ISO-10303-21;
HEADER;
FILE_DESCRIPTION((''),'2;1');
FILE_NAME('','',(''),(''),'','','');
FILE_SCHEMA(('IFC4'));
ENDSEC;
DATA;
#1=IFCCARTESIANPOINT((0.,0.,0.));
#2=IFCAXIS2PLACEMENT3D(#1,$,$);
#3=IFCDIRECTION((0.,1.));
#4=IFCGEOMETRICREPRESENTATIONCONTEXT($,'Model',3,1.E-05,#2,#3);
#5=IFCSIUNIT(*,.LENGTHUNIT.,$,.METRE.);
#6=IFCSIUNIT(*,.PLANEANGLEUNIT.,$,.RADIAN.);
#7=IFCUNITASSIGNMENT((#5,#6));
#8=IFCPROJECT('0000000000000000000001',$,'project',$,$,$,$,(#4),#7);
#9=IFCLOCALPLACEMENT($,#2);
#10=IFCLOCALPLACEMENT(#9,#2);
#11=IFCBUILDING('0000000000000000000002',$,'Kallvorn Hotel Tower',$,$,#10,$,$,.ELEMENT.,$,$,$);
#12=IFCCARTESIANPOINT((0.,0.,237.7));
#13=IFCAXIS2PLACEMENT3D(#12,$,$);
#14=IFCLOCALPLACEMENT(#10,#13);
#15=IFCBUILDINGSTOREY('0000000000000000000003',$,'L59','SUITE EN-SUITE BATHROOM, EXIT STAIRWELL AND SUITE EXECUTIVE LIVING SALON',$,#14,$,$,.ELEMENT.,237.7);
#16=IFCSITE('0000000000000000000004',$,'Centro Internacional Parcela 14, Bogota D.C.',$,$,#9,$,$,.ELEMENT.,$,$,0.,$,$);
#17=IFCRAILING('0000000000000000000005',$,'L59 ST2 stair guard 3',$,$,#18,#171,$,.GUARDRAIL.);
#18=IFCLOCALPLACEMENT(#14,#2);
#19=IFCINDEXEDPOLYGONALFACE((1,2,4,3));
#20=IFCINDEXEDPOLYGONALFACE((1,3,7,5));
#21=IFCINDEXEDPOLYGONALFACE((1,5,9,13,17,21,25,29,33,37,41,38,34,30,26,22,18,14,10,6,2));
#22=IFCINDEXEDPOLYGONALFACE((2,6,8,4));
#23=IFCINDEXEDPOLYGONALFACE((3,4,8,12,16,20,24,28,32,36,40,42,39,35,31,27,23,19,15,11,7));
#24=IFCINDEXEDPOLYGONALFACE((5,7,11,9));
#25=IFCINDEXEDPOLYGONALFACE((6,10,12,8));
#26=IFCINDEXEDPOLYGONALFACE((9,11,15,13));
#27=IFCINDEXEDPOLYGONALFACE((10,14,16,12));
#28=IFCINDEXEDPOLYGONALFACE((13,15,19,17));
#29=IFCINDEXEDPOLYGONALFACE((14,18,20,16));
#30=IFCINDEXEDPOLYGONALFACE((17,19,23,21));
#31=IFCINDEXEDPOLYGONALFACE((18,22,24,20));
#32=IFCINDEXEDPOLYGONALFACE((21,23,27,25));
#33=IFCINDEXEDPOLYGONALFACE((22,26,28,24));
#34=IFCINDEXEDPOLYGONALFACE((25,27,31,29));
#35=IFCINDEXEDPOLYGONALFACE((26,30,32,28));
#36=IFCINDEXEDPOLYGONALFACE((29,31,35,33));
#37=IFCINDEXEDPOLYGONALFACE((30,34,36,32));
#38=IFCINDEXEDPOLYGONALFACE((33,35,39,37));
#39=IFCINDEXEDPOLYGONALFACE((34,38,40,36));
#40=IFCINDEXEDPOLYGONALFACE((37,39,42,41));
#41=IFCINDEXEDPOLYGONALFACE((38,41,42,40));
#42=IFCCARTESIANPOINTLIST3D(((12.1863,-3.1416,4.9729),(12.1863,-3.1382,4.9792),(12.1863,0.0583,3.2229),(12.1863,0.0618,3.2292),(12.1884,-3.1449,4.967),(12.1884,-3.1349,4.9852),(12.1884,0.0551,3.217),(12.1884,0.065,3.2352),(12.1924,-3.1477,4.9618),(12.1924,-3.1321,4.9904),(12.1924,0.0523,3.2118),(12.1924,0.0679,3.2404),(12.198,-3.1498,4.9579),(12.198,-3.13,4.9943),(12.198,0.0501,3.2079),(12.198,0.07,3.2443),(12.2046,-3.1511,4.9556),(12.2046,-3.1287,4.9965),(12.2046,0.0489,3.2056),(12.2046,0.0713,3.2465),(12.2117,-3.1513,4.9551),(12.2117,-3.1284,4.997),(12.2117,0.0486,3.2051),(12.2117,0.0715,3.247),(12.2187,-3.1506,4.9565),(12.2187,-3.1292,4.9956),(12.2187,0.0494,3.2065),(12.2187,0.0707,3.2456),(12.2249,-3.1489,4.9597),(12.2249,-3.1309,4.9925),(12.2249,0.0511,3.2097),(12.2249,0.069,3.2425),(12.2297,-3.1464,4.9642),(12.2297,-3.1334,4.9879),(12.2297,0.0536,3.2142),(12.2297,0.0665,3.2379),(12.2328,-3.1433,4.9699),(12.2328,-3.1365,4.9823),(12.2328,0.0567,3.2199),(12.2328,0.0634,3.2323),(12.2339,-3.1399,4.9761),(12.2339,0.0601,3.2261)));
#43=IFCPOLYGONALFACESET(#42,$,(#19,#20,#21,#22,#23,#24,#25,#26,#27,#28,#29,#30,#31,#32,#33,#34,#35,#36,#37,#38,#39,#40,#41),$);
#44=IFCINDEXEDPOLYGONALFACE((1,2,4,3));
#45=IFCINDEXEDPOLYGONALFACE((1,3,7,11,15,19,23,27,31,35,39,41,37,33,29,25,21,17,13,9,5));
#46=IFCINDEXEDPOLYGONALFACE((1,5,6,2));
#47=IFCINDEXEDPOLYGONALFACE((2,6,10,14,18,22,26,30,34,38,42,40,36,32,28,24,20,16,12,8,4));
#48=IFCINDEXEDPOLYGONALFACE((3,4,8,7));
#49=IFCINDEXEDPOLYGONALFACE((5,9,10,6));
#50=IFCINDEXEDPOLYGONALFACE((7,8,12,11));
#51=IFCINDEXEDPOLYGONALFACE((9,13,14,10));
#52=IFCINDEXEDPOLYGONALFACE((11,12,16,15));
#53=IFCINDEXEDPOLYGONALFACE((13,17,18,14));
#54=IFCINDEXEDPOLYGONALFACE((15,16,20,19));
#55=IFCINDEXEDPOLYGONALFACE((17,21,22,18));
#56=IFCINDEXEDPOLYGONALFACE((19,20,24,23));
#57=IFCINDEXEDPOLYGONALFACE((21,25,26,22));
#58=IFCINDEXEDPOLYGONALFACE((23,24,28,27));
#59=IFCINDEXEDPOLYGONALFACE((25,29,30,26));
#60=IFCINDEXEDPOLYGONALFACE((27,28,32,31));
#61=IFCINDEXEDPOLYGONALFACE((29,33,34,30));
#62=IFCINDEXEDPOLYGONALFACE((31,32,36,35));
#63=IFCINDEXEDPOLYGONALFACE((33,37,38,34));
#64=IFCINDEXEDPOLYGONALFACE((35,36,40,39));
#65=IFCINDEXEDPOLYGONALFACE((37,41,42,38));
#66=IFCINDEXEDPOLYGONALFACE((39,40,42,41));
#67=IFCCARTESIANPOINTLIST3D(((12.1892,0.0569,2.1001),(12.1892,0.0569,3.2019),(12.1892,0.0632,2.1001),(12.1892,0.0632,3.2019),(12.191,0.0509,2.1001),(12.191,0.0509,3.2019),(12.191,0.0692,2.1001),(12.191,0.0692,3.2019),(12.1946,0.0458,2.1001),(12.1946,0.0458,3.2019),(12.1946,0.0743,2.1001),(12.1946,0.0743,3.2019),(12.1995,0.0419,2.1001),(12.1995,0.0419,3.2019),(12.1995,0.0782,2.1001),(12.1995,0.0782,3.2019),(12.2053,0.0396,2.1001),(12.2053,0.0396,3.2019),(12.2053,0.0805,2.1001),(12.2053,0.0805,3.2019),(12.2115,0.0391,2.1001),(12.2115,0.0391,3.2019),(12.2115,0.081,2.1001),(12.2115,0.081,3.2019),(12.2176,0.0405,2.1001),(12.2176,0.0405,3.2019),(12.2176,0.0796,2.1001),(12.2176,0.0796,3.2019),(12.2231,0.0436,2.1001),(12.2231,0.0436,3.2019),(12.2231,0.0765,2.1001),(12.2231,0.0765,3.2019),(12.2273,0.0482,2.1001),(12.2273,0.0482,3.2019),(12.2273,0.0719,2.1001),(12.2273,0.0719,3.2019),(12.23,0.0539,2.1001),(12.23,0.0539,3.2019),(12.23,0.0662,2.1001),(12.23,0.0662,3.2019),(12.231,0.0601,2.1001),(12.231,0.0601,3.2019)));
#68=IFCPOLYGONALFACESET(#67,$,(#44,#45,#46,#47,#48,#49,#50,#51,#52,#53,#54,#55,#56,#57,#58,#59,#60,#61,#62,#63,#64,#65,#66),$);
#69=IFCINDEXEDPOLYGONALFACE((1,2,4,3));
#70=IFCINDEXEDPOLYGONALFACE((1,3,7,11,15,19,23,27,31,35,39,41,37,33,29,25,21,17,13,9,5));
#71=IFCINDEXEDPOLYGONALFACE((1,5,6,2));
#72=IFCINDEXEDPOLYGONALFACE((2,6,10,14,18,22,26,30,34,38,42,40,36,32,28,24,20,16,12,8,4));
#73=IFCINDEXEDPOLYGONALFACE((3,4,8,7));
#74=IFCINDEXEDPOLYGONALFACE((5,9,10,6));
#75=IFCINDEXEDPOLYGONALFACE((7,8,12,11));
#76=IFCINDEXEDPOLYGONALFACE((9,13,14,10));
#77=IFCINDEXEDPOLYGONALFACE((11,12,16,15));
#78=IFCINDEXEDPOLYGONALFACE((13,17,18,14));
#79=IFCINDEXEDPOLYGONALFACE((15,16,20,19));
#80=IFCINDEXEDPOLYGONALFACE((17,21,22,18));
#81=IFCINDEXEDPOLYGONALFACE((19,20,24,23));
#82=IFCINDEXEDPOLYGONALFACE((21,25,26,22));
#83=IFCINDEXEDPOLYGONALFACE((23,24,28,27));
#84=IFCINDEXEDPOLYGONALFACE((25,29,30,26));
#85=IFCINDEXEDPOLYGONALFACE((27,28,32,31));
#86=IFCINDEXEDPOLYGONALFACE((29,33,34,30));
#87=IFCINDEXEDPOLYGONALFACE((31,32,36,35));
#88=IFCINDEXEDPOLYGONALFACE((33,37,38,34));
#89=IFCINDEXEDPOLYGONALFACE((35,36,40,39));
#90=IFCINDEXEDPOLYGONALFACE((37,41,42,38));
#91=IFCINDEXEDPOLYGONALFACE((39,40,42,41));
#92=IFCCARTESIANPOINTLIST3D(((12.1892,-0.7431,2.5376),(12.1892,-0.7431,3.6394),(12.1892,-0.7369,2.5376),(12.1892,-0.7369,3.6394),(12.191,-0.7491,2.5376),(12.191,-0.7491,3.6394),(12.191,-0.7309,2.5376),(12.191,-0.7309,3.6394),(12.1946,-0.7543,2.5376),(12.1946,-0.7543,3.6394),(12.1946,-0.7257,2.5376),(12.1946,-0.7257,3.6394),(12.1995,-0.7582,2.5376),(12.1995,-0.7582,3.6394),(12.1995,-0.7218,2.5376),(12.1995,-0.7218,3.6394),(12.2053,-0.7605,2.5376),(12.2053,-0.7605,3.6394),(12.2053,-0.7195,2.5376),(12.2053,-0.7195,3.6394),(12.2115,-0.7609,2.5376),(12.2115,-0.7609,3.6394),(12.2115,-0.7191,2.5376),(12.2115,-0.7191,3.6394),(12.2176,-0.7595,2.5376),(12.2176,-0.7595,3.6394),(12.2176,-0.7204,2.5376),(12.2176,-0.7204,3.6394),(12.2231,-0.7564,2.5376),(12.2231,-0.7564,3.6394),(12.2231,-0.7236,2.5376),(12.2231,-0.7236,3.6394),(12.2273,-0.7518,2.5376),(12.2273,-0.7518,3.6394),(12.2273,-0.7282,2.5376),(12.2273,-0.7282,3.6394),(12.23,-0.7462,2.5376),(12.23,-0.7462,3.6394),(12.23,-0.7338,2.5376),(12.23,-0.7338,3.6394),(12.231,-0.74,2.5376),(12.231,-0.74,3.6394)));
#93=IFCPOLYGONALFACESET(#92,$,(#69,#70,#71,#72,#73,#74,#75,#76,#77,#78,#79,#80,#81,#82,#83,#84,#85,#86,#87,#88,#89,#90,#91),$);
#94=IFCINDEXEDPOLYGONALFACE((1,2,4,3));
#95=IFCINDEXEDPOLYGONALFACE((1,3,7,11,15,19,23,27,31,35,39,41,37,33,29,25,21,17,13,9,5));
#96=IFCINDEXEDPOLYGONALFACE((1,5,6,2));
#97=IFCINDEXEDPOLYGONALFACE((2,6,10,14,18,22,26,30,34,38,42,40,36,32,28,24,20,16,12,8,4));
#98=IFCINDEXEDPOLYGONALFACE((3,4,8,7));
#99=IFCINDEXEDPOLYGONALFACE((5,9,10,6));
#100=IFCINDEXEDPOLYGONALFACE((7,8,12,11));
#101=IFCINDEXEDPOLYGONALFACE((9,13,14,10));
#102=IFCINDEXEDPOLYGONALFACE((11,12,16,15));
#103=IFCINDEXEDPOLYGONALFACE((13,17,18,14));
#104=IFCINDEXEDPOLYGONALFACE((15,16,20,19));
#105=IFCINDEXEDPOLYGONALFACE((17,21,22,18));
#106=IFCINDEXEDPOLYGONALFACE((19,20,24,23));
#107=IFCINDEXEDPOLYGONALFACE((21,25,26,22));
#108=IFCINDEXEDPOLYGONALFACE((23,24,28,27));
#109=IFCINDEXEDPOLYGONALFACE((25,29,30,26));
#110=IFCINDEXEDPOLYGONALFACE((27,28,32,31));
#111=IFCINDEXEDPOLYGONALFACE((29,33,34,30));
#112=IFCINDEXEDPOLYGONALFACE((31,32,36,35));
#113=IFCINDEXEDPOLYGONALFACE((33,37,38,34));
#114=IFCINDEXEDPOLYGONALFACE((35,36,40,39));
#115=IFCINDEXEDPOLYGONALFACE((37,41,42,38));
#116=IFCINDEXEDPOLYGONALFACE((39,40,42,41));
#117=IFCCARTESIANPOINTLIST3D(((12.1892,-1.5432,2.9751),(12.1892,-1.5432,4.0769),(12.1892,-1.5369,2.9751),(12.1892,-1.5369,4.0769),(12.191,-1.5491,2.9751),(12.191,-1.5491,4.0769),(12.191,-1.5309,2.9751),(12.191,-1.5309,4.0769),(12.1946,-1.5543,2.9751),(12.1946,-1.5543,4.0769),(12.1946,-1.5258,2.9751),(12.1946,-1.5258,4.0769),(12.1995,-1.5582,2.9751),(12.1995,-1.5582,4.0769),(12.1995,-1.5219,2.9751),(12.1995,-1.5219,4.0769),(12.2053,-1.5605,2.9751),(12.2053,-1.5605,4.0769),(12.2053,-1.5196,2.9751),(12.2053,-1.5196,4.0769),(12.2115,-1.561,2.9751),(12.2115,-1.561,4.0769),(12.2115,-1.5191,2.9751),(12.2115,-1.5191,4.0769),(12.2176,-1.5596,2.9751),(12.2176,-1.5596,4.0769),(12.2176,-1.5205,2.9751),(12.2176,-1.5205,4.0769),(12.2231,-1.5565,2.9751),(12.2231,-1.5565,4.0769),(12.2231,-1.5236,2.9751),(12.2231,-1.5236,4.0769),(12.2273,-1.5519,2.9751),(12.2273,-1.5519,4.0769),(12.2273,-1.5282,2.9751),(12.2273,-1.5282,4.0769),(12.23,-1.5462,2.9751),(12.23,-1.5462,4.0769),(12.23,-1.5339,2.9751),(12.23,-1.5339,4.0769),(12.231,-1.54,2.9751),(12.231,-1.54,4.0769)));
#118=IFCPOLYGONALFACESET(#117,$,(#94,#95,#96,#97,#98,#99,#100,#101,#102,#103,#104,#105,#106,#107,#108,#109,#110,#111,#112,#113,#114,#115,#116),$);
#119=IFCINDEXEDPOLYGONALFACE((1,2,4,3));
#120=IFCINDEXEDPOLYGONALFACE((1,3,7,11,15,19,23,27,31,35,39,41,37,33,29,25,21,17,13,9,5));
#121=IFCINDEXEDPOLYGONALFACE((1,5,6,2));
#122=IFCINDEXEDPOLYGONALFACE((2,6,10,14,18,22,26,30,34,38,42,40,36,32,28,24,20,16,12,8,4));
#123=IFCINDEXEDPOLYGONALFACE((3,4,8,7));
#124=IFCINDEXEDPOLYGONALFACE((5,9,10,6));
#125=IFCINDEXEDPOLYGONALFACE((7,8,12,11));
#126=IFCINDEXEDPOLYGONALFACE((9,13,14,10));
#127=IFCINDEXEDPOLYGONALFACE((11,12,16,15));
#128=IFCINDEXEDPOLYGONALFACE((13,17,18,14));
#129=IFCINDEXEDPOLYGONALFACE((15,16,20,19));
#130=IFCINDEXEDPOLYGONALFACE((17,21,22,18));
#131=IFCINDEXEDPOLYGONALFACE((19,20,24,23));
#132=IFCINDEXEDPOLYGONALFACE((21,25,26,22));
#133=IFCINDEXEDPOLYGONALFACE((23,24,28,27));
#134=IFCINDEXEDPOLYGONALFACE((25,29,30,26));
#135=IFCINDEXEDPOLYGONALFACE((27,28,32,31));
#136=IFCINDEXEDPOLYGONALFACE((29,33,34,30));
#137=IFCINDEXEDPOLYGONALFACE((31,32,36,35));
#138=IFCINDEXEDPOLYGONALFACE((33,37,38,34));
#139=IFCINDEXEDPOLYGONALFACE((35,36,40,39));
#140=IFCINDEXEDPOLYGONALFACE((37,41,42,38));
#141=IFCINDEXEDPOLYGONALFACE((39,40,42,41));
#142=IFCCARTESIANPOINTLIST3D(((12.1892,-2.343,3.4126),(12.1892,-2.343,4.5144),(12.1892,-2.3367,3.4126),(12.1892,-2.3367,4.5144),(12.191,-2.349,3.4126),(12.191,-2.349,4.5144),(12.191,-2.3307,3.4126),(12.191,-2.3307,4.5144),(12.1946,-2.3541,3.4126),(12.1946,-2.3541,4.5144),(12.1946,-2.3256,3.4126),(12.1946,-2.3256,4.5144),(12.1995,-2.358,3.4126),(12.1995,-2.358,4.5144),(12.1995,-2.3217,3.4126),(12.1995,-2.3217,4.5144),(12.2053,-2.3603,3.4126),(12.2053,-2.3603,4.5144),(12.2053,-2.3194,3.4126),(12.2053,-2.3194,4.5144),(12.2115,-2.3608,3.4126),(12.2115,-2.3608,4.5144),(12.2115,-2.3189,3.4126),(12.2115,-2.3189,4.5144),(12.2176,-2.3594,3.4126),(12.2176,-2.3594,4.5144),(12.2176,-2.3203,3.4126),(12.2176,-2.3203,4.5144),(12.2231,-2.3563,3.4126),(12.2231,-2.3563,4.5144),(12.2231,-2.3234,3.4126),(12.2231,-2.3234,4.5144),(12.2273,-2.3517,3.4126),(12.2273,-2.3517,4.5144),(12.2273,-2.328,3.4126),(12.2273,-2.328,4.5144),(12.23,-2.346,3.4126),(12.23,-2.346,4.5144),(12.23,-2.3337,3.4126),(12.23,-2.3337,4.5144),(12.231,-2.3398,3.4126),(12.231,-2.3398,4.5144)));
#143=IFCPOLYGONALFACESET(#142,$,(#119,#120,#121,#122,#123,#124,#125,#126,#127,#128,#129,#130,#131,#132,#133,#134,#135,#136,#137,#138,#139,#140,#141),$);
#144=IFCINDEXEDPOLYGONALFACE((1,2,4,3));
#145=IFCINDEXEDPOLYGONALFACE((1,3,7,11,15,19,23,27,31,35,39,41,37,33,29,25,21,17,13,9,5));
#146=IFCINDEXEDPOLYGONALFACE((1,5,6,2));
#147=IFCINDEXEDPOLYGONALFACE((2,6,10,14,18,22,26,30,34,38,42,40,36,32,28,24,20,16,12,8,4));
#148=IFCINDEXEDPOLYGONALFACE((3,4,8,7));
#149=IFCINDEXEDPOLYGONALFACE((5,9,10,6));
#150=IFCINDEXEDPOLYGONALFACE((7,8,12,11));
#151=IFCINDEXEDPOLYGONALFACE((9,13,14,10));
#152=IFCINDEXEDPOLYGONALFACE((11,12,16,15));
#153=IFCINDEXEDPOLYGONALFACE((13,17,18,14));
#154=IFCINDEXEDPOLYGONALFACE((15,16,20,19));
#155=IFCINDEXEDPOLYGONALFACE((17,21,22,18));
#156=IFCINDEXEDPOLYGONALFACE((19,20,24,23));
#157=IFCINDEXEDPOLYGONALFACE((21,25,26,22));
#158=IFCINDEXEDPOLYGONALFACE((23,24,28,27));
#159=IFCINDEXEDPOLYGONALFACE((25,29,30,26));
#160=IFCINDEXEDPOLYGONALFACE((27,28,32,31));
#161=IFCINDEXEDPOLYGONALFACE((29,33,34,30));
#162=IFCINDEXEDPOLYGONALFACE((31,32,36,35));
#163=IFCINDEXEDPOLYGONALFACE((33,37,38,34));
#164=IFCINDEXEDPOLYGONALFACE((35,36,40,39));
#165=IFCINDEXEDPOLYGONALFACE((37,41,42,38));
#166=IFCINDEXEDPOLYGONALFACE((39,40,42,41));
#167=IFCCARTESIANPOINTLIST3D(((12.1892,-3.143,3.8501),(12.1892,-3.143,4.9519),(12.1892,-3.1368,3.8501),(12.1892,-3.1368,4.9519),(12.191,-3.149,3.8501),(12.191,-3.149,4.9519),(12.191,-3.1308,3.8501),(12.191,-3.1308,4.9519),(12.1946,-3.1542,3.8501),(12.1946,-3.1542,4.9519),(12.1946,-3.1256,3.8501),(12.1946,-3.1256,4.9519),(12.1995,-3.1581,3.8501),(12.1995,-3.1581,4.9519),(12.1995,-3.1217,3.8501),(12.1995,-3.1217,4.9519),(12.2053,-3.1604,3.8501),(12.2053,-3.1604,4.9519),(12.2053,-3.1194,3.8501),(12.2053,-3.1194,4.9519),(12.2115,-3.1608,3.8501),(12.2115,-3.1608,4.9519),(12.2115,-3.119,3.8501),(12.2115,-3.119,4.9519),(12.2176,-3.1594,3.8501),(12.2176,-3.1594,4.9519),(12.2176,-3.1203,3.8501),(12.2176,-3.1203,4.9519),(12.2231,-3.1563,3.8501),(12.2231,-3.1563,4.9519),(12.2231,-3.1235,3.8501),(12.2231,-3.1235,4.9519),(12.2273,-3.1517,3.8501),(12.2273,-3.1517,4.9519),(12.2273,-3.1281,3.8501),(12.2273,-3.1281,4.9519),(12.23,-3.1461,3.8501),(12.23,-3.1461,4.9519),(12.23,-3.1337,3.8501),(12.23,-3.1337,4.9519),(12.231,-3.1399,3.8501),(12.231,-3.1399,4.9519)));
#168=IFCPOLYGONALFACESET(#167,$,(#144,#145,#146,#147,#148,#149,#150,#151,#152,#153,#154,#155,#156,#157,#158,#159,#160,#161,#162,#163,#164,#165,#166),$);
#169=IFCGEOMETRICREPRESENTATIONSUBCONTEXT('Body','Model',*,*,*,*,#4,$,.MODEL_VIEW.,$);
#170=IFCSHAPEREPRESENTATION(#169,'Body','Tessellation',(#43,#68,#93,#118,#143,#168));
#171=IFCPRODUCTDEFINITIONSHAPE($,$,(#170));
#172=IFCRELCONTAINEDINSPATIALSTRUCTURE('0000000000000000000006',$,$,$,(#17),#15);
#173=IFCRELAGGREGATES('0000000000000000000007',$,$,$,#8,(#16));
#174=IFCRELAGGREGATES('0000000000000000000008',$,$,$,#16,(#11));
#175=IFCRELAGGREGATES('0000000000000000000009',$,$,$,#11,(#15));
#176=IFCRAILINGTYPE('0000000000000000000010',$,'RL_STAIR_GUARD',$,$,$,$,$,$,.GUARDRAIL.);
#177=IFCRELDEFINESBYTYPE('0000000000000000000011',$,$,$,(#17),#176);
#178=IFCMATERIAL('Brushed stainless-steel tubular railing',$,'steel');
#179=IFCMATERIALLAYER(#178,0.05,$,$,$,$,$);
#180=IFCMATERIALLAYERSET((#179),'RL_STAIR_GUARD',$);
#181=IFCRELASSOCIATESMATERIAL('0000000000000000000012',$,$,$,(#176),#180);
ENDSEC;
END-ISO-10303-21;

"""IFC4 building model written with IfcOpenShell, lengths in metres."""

from ifc_helpers import new_model, si_unit, direction, frame, origin, origin_2d, place, context, subcontext, project, spatial, circle, extrude, material, layer, layer_set, type_object, element, save


model = new_model("IFC4")

# Units and contexts
model_context = context("Model", 3, precision=1e-05, world=origin(), true_north=direction((0.0, 1.0)))
body_context = subcontext(model_context, "Body", "Model", "MODEL_VIEW")
ifc_project = project(units=[si_unit("LENGTHUNIT", "METRE"), si_unit("PLANEANGLEUNIT", "RADIAN")], contexts=[model_context])

# Site, building, storey
site_placement = place(None, origin())
site = spatial("IfcSite", under=ifc_project, at=site_placement, Name="Centro Internacional Parcela 14, Bogota D.C.", CompositionType="ELEMENT", RefElevation=0.0)
building_placement = place(site_placement, origin())
building = spatial("IfcBuilding", under=site, at=building_placement, Name="Kallvorn Hotel Tower", CompositionType="ELEMENT")
storey_placement = place(building_placement, frame((0.0, 0.0, 237.7)))
storey = spatial("IfcBuildingStorey", under=building, at=storey_placement, Name="L59", Description="SUITE EN-SUITE BATHROOM, EXIT STAIRWELL AND SUITE EXECUTIVE LIVING SALON", CompositionType="ELEMENT", Elevation=237.7)

# Railing
ifc_material_1 = material(Name="Brushed stainless-steel tubular railing", Category="steel")
ifc_layer_1 = layer(ifc_material_1, 0.05)
ifc_layer_set_1 = layer_set([ifc_layer_1], Name="RL_STAIR_GUARD")
railing_type_1 = type_object("IfcRailingType", Name="RL_STAIR_GUARD", PredefinedType="GUARDRAIL", material=ifc_layer_set_1)
railing_1_placement = place(storey_placement, frame((12.21, 0.0601, 2.1001)))
element("IfcRailing", 1, at=railing_1_placement, inside=storey, type_object=railing_type_1, Name="L59 ST2 stair guard 3", PredefinedType="GUARDRAIL", context=body_context, shape_type="SweptSolid", body=[
    extrude(circle(Radius=0.0239, at=origin_2d()), frame((0.0, 0.0, 1.126), z_axis=(0.0, -0.877368, 0.479818), x_axis=(1.0, 0.0, 0.0)), (0.0, 0.0, 1.0), 3.6472),
    extrude(circle(Radius=0.021, at=origin_2d()), origin(), (0.0, 0.0, 1.0), 1.1018),
    extrude(circle(Radius=0.021, at=origin_2d()), frame((0.0, -0.8, 0.4375)), (0.0, 0.0, 1.0), 1.1018),
    extrude(circle(Radius=0.021, at=origin_2d()), frame((0.0, -1.6001, 0.875)), (0.0, 0.0, 1.0), 1.1018),
    extrude(circle(Radius=0.021, at=origin_2d()), frame((0.0, -2.3999, 1.3125)), (0.0, 0.0, 1.0), 1.1018),
    extrude(circle(Radius=0.021, at=origin_2d()), frame((0.0, -3.2, 1.75)), (0.0, 0.0, 1.0), 1.1018),
])

save(model, "model.ifc")
